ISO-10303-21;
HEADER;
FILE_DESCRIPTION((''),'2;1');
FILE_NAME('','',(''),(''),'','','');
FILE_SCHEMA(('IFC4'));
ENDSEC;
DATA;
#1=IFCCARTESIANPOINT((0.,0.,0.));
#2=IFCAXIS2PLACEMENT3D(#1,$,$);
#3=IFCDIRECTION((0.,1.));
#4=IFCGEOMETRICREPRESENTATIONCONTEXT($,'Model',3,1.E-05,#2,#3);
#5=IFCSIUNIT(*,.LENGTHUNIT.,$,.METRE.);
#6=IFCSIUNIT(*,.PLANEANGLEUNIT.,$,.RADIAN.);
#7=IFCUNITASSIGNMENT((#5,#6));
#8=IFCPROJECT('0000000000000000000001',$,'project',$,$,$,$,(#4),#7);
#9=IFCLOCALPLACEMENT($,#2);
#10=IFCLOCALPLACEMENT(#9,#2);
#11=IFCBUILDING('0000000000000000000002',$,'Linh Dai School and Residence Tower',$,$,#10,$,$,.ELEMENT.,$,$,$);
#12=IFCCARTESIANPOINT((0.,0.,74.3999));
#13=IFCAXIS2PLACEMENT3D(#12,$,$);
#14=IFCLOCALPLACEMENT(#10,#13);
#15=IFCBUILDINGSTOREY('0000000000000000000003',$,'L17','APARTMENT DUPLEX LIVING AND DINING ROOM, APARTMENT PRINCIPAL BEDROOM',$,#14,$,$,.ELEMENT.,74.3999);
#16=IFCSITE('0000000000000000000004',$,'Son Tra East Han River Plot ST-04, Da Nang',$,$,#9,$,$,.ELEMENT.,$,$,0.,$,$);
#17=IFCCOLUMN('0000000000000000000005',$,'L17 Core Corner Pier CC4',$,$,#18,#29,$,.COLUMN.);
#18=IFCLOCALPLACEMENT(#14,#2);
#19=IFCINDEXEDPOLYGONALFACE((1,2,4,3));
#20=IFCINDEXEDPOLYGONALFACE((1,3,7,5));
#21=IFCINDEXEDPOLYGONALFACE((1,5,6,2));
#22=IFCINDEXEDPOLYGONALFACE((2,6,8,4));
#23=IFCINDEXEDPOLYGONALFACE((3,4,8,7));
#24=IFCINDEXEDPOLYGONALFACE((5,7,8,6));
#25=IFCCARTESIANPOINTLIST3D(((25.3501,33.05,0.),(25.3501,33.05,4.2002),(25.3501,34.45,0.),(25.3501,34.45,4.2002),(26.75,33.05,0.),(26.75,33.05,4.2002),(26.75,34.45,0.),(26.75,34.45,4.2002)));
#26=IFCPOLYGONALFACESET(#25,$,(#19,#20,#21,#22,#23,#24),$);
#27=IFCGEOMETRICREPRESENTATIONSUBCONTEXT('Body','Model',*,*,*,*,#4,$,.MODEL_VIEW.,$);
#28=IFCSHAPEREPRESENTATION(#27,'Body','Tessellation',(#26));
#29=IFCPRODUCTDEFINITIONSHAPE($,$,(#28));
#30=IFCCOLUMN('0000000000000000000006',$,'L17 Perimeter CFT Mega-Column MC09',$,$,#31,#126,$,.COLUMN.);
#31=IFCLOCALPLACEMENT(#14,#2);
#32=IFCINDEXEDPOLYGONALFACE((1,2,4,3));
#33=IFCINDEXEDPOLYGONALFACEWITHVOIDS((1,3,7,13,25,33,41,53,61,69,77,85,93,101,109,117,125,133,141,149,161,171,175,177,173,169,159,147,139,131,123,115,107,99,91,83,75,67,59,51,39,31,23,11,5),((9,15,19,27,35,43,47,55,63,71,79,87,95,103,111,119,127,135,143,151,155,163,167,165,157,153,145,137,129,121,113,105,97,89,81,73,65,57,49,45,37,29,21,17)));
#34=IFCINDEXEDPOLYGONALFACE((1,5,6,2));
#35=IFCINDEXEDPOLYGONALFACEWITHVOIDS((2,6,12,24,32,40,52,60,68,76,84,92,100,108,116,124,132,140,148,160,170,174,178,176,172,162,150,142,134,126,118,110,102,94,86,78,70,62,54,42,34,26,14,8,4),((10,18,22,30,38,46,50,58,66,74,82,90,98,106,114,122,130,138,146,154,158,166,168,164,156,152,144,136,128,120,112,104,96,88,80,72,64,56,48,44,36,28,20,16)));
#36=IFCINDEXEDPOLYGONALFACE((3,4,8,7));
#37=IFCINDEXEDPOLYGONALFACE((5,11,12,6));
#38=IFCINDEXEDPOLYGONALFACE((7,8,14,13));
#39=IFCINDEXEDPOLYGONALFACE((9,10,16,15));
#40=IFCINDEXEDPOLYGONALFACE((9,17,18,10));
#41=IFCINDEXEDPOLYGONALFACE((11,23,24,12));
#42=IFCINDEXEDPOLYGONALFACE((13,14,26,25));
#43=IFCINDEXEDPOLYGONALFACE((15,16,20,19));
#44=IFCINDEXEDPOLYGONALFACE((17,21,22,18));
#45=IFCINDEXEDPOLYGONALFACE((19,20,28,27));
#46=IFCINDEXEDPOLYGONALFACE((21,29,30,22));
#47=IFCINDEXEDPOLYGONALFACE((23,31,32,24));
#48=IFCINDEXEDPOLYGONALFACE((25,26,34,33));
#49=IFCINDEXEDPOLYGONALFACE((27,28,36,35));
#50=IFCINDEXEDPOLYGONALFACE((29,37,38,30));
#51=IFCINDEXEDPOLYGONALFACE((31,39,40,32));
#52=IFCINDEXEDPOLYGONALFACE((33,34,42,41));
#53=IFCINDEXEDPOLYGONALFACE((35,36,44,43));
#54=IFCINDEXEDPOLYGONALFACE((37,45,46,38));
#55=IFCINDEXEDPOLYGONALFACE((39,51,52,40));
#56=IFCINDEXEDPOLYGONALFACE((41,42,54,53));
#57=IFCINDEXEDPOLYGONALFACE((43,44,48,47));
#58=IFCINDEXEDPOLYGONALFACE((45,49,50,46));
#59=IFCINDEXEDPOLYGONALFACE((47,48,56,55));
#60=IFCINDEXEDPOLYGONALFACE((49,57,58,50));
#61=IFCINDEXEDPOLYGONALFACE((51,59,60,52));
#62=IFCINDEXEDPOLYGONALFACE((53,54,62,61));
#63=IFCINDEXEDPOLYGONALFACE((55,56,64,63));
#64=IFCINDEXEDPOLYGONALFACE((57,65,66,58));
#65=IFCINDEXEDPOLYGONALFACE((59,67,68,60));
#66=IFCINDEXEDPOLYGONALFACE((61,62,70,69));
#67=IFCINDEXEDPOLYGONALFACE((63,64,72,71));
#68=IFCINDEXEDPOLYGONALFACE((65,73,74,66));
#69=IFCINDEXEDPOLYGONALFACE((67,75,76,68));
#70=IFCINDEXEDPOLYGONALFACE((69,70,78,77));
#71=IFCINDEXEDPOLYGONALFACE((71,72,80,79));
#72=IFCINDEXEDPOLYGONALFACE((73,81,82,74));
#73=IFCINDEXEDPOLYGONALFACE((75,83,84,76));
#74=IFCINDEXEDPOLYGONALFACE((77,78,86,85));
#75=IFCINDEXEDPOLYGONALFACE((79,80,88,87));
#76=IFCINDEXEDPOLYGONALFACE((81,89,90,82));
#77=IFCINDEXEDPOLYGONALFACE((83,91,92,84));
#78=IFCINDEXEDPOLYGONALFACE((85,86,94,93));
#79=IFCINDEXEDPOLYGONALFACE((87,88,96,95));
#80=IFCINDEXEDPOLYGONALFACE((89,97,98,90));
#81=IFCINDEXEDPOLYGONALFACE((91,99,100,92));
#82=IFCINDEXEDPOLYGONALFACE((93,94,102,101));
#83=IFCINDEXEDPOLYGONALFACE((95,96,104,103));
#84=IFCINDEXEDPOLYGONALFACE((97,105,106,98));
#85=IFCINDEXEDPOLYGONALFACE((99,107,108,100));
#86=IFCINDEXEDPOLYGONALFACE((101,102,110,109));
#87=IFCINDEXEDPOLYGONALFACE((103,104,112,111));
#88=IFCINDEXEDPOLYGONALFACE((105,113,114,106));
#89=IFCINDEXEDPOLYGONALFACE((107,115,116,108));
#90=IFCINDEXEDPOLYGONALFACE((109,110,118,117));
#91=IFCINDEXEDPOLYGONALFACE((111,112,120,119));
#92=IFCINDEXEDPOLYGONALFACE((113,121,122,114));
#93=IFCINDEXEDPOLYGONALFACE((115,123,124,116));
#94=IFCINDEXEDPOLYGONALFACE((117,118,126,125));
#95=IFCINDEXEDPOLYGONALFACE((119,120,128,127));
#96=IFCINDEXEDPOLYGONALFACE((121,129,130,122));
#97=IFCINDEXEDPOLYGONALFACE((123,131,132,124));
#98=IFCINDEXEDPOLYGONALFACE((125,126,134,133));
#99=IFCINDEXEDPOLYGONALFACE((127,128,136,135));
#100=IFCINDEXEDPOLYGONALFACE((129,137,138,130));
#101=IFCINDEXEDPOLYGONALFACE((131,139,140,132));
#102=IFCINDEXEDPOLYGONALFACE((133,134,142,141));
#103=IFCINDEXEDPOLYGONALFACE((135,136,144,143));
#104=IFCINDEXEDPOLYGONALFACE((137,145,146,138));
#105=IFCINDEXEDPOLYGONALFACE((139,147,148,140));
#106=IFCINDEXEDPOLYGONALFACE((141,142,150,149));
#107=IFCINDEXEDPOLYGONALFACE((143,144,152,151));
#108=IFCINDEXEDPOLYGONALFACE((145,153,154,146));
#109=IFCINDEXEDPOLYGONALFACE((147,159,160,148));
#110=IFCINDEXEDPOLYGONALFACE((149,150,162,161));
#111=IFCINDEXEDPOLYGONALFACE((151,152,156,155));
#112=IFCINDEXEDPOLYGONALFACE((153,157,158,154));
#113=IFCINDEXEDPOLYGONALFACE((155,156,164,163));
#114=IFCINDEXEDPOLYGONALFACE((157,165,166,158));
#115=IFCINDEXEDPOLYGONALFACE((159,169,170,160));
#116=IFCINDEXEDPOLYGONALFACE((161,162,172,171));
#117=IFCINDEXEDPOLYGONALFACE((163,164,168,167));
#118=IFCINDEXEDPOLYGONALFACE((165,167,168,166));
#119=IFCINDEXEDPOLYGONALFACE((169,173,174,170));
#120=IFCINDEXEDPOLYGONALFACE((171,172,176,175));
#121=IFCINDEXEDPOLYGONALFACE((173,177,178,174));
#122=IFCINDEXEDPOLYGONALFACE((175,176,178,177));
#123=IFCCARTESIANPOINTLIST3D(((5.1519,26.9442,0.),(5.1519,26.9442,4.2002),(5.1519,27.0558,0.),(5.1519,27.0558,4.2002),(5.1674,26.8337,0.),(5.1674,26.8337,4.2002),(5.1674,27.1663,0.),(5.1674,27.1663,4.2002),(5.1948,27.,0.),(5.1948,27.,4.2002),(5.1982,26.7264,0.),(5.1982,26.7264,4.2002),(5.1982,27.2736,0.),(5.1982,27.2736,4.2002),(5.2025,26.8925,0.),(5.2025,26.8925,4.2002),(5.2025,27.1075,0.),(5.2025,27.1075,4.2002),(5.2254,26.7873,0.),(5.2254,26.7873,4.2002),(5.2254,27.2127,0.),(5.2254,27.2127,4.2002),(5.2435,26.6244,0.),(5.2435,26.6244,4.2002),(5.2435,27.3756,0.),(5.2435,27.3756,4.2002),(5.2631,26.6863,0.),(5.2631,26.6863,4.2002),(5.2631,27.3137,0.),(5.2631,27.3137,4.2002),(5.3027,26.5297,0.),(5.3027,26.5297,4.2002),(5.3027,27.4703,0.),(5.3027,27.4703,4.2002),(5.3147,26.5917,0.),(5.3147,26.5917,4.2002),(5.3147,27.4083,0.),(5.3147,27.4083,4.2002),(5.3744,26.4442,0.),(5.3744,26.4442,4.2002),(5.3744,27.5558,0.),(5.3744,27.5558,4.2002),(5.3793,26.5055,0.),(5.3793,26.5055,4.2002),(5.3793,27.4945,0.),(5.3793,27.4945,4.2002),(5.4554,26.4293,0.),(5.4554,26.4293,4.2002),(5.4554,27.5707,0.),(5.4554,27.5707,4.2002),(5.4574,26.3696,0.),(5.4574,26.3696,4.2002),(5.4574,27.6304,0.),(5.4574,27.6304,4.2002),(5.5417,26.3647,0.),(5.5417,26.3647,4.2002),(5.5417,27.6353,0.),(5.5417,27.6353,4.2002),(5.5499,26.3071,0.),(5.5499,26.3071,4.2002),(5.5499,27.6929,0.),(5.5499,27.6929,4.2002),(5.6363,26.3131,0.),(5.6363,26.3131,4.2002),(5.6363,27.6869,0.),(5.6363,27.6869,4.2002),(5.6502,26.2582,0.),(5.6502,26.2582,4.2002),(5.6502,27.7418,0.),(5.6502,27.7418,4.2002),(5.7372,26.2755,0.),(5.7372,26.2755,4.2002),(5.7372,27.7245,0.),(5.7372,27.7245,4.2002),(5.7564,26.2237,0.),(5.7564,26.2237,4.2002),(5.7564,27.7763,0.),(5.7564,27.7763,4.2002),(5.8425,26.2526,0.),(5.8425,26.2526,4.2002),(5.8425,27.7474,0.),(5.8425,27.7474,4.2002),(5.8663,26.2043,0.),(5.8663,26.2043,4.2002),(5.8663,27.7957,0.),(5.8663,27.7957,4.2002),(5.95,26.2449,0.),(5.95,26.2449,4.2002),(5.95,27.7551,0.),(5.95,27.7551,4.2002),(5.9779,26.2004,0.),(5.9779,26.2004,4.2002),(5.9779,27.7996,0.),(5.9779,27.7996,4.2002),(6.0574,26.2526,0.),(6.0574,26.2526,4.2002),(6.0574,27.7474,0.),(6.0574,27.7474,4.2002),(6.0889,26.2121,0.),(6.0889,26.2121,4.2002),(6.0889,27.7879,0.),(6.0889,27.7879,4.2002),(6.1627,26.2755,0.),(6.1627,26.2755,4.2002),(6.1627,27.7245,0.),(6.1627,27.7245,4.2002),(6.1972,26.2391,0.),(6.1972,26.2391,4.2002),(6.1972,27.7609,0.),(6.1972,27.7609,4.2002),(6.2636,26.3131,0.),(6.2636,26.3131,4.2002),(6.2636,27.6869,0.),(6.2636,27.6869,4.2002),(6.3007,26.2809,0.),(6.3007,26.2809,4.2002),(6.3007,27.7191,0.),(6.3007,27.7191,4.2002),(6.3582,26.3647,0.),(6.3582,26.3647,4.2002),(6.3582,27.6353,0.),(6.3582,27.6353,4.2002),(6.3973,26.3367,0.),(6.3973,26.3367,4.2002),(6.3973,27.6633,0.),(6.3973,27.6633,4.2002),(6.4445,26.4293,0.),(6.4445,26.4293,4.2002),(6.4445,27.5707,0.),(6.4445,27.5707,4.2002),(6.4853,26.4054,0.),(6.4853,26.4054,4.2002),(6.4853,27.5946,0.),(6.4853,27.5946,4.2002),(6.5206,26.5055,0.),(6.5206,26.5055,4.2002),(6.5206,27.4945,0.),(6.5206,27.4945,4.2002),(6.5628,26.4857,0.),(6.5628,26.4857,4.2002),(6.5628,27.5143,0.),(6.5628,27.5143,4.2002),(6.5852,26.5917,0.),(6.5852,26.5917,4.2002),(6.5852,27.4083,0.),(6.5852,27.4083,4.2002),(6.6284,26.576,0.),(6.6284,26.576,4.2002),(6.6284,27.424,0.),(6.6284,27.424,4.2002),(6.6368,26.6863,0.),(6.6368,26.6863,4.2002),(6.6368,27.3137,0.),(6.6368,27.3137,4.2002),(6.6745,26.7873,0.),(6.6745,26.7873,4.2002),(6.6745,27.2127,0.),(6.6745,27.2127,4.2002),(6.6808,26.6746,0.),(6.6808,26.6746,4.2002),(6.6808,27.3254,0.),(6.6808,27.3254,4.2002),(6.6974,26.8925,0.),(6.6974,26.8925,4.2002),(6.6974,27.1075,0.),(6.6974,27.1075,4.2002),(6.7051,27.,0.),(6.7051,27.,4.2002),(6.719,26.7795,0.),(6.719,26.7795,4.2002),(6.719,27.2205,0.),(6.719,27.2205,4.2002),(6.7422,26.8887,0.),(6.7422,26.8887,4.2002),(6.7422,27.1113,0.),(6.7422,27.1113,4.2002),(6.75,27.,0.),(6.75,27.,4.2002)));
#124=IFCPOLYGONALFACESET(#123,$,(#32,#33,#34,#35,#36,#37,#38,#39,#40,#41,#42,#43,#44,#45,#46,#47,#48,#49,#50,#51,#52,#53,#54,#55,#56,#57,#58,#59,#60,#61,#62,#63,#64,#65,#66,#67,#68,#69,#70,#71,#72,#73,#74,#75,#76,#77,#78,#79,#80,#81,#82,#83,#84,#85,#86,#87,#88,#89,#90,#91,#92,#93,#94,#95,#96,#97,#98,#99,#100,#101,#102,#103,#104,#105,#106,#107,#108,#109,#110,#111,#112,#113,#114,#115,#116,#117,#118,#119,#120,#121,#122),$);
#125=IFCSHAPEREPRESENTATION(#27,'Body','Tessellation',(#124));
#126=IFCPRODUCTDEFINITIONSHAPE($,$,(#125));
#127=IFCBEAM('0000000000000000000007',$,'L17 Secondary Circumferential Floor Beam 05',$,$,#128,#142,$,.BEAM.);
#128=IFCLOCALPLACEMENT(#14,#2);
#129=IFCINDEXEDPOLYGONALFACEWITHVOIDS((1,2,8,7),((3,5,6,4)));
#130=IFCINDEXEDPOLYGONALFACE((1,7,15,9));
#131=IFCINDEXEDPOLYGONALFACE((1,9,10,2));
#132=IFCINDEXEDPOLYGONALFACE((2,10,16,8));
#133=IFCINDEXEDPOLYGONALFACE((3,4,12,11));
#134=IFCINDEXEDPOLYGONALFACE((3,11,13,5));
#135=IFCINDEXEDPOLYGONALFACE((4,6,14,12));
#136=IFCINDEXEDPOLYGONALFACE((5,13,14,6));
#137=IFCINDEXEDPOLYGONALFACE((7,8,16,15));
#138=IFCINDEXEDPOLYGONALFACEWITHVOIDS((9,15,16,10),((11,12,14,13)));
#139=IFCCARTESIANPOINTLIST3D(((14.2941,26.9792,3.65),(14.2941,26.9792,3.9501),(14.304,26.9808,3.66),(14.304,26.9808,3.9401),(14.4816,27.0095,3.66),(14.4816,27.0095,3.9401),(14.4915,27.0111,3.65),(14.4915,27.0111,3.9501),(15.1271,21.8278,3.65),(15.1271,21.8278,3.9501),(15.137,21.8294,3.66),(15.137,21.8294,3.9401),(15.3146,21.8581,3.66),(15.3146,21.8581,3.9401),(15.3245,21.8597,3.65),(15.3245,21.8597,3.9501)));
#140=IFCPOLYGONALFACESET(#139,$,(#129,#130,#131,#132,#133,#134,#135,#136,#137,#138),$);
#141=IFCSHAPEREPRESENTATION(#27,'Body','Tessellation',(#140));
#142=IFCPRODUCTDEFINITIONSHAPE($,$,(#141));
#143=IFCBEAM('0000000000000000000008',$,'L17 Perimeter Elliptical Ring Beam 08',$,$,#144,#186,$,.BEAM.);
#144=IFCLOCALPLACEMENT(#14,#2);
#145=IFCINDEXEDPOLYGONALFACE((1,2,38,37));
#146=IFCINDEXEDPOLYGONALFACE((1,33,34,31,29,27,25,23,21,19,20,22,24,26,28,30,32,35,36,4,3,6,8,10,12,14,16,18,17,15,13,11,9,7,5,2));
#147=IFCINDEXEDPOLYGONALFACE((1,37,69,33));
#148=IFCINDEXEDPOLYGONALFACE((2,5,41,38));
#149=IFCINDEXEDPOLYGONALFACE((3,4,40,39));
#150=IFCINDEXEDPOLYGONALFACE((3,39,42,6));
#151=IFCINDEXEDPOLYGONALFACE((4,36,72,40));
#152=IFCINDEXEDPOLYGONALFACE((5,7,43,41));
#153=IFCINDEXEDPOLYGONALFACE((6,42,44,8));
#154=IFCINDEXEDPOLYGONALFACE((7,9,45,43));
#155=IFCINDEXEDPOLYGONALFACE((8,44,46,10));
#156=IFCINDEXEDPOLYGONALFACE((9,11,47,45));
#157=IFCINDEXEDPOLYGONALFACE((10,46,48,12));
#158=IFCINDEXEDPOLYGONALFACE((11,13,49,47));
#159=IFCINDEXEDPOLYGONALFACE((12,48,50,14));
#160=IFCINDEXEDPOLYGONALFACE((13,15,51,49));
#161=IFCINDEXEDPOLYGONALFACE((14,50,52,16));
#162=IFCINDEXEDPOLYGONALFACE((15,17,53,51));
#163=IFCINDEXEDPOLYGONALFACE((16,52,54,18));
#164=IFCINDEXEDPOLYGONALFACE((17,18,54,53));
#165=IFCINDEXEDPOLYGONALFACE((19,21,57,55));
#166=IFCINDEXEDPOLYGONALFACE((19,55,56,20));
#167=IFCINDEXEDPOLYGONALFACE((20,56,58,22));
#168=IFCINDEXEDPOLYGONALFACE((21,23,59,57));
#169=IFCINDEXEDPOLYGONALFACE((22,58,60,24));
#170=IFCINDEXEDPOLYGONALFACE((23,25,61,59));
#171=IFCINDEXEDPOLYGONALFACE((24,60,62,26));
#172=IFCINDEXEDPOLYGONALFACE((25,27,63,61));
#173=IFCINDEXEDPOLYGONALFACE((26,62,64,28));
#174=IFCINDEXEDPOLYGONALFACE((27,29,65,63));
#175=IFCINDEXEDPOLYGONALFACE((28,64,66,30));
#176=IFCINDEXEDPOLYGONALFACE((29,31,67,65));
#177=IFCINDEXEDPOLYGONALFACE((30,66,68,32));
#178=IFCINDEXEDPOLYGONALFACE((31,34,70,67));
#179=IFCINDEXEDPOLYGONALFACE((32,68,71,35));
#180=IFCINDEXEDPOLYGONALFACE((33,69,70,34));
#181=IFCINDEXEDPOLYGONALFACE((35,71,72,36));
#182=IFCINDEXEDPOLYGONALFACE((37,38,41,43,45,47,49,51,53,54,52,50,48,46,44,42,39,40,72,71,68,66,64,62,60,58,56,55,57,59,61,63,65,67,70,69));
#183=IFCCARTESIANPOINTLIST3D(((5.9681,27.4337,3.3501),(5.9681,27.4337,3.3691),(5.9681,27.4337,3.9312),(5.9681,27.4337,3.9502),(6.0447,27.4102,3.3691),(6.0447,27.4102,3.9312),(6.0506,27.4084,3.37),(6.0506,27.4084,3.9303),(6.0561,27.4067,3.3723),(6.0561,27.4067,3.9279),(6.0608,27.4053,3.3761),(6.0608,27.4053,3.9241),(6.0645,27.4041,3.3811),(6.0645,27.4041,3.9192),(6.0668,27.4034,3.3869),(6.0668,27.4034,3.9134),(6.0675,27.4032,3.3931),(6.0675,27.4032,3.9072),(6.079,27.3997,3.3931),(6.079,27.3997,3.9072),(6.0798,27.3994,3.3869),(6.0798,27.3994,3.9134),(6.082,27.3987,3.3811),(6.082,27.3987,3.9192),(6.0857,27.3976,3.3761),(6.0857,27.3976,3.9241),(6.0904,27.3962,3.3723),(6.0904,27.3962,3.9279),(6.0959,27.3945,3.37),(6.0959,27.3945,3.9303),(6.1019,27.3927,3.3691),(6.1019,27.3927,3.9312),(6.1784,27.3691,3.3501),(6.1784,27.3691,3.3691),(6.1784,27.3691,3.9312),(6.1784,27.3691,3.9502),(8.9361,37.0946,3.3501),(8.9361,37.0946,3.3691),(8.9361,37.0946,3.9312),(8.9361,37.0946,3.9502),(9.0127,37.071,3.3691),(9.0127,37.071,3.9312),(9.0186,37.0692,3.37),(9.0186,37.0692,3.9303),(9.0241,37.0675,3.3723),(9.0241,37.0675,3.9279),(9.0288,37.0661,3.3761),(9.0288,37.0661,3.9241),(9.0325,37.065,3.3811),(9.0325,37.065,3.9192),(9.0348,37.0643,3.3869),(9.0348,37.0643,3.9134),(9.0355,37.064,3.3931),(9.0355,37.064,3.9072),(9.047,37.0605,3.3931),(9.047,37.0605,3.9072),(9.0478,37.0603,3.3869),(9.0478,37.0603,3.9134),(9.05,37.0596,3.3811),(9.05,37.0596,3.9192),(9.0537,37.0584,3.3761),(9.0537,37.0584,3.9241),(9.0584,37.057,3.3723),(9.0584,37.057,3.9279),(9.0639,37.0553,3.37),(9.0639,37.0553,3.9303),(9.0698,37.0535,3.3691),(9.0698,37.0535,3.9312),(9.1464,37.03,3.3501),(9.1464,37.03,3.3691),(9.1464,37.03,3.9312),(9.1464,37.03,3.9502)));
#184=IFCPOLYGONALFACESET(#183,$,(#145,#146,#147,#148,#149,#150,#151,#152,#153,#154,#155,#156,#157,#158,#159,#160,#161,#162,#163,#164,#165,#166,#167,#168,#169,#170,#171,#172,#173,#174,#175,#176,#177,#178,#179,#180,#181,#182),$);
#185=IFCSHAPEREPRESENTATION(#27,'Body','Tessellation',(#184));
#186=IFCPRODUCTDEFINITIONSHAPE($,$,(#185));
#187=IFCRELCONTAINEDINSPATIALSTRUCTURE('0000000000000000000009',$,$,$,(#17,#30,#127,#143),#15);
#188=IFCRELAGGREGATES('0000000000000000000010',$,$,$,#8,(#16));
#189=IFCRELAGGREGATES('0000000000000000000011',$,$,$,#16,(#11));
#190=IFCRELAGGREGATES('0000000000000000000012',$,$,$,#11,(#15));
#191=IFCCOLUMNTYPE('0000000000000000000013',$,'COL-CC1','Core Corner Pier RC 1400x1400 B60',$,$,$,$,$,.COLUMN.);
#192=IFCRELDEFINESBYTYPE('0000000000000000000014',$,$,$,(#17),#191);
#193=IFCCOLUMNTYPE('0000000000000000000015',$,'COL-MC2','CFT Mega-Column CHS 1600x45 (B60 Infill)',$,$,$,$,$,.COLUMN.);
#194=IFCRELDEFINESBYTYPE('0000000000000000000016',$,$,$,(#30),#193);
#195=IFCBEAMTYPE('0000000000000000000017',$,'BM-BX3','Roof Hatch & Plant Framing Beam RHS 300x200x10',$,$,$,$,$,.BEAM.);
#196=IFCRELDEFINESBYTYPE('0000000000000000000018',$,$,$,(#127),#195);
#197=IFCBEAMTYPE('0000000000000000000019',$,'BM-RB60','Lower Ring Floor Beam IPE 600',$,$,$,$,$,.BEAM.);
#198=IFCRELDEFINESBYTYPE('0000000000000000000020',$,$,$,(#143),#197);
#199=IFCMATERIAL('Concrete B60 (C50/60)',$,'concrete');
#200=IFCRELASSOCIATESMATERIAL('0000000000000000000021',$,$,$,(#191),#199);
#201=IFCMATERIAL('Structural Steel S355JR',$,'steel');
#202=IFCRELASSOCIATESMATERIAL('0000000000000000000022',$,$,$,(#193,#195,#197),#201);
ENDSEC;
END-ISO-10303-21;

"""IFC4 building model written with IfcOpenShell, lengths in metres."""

from ifc_helpers import new_model, si_unit, direction, frame, origin, origin_2d, place, context, subcontext, project, spatial, rectangle, hollow_rectangle, hollow_circle, i_section, extrude, material, material_profile, profile_set, type_object, element, save


model = new_model("IFC4")

# Units and contexts
model_context = context("Model", 3, precision=1e-05, world=origin(), true_north=direction((0.0, 1.0)))
body_context = subcontext(model_context, "Body", "Model", "MODEL_VIEW")
ifc_project = project(units=[si_unit("LENGTHUNIT", "METRE"), si_unit("PLANEANGLEUNIT", "RADIAN")], contexts=[model_context])

# Site, building, storey
site_placement = place(None, origin())
site = spatial("IfcSite", under=ifc_project, at=site_placement, Name="Son Tra East Han River Plot ST-04, Da Nang", CompositionType="ELEMENT", RefElevation=0.0)
building_placement = place(site_placement, origin())
building = spatial("IfcBuilding", under=site, at=building_placement, Name="Linh Dai School and Residence Tower", CompositionType="ELEMENT")
storey_placement = place(building_placement, frame((0.0, 0.0, 74.3999)))
storey = spatial("IfcBuildingStorey", under=building, at=storey_placement, Name="L17", Description="APARTMENT DUPLEX LIVING AND DINING ROOM, APARTMENT PRINCIPAL BEDROOM", CompositionType="ELEMENT", Elevation=74.3999)

# Columns
ifc_material_1 = material(Name="Concrete B60 (C50/60)", Category="concrete")
ifc_material_profile_1 = material_profile(ifc_material_1, rectangle(XDim=1.3999, YDim=1.3999, at=origin_2d()), Name="RC 1400x1400")
ifc_profile_set_1 = profile_set([ifc_material_profile_1], Name="Concrete B60 (C50/60)")
column_type_1 = type_object("IfcColumnType", Name="COL-CC1", Description="Core Corner Pier RC 1400x1400 B60", PredefinedType="COLUMN", material=ifc_profile_set_1)
column_1_placement = place(storey_placement, frame((26.05, 33.75, 0.0), z_axis=(0.0, 0.0, 1.0), x_axis=(1.0, 0.0, 0.0)))
element("IfcColumn", 1, at=column_1_placement, inside=storey, type_object=column_type_1, Name="L17 Core Corner Pier CC4", PredefinedType="COLUMN", context=body_context, shape_type="SweptSolid", body=[
    extrude(rectangle(XDim=1.3999, YDim=1.3999, at=origin_2d()), origin(), (0.0, 0.0, 1.0), 4.2002),
])
ifc_material_2 = material(Name="Structural Steel S355JR", Category="steel")
ifc_material_profile_2 = material_profile(ifc_material_2, hollow_circle(Radius=0.8, WallThickness=0.0449, at=origin_2d()), Name="CHS 1600x45")
ifc_profile_set_2 = profile_set([ifc_material_profile_2], Name="Structural Steel S355JR")
column_type_2 = type_object("IfcColumnType", Name="COL-MC2", Description="CFT Mega-Column CHS 1600x45 (B60 Infill)", PredefinedType="COLUMN", material=ifc_profile_set_2)
column_2_placement = place(storey_placement, frame((5.95, 27.0, 0.0), z_axis=(0.0, 0.0, 1.0), x_axis=(1.0, 0.0, 0.0)))
element("IfcColumn", 2, at=column_2_placement, inside=storey, type_object=column_type_2, Name="L17 Perimeter CFT Mega-Column MC09", PredefinedType="COLUMN", context=body_context, shape_type="SweptSolid", body=[
    extrude(hollow_circle(Radius=0.8, WallThickness=0.0449, at=origin_2d()), origin(), (0.0, 0.0, 1.0), 4.2002),
])

# Beams
ifc_material_profile_3 = material_profile(ifc_material_2, hollow_rectangle(XDim=0.2, YDim=0.3, WallThickness=0.01, at=origin_2d()), Name="RHS 300x200x10")
ifc_profile_set_3 = profile_set([ifc_material_profile_3], Name="Structural Steel S355JR")
beam_type_1 = type_object("IfcBeamType", Name="BM-BX3", Description="Roof Hatch & Plant Framing Beam RHS 300x200x10", PredefinedType="BEAM", material=ifc_profile_set_3)
beam_1_placement = place(storey_placement, frame((14.3928, 26.9951, 3.8), z_axis=(0.159633, -0.987177, 0.0), x_axis=(0.987177, 0.159633, 0.0)))
element("IfcBeam", 3, at=beam_1_placement, inside=storey, type_object=beam_type_1, Name="L17 Secondary Circumferential Floor Beam 05", PredefinedType="BEAM", context=body_context, shape_type="SweptSolid", body=[
    extrude(hollow_rectangle(XDim=0.2, YDim=0.3, WallThickness=0.01, at=origin_2d()), origin(), (0.0, 0.0, 1.0), 5.2183),
])
ifc_material_profile_4 = material_profile(ifc_material_2, i_section(OverallWidth=0.22, OverallDepth=0.6001, WebThickness=0.012, FlangeThickness=0.019, FilletRadius=0.0239, at=origin_2d()), Name="IPE 600")
ifc_profile_set_4 = profile_set([ifc_material_profile_4], Name="Structural Steel S355JR")
beam_type_2 = type_object("IfcBeamType", Name="BM-RB60", Description="Lower Ring Floor Beam IPE 600", PredefinedType="BEAM", material=ifc_profile_set_4)
beam_2_placement = place(storey_placement, frame((9.0413, 37.0623, 3.6501), z_axis=(-0.293673, -0.955906, 0.0), x_axis=(0.955906, -0.293673, 0.0)))
element("IfcBeam", 4, at=beam_2_placement, inside=storey, type_object=beam_type_2, Name="L17 Perimeter Elliptical Ring Beam 08", PredefinedType="BEAM", context=body_context, shape_type="SweptSolid", body=[
    extrude(i_section(OverallWidth=0.22, OverallDepth=0.6001, WebThickness=0.012, FlangeThickness=0.019, FilletRadius=0.0239, at=origin_2d()), origin(), (0.0, 0.0, 1.0), 10.1064),
])

save(model, "model.ifc")
